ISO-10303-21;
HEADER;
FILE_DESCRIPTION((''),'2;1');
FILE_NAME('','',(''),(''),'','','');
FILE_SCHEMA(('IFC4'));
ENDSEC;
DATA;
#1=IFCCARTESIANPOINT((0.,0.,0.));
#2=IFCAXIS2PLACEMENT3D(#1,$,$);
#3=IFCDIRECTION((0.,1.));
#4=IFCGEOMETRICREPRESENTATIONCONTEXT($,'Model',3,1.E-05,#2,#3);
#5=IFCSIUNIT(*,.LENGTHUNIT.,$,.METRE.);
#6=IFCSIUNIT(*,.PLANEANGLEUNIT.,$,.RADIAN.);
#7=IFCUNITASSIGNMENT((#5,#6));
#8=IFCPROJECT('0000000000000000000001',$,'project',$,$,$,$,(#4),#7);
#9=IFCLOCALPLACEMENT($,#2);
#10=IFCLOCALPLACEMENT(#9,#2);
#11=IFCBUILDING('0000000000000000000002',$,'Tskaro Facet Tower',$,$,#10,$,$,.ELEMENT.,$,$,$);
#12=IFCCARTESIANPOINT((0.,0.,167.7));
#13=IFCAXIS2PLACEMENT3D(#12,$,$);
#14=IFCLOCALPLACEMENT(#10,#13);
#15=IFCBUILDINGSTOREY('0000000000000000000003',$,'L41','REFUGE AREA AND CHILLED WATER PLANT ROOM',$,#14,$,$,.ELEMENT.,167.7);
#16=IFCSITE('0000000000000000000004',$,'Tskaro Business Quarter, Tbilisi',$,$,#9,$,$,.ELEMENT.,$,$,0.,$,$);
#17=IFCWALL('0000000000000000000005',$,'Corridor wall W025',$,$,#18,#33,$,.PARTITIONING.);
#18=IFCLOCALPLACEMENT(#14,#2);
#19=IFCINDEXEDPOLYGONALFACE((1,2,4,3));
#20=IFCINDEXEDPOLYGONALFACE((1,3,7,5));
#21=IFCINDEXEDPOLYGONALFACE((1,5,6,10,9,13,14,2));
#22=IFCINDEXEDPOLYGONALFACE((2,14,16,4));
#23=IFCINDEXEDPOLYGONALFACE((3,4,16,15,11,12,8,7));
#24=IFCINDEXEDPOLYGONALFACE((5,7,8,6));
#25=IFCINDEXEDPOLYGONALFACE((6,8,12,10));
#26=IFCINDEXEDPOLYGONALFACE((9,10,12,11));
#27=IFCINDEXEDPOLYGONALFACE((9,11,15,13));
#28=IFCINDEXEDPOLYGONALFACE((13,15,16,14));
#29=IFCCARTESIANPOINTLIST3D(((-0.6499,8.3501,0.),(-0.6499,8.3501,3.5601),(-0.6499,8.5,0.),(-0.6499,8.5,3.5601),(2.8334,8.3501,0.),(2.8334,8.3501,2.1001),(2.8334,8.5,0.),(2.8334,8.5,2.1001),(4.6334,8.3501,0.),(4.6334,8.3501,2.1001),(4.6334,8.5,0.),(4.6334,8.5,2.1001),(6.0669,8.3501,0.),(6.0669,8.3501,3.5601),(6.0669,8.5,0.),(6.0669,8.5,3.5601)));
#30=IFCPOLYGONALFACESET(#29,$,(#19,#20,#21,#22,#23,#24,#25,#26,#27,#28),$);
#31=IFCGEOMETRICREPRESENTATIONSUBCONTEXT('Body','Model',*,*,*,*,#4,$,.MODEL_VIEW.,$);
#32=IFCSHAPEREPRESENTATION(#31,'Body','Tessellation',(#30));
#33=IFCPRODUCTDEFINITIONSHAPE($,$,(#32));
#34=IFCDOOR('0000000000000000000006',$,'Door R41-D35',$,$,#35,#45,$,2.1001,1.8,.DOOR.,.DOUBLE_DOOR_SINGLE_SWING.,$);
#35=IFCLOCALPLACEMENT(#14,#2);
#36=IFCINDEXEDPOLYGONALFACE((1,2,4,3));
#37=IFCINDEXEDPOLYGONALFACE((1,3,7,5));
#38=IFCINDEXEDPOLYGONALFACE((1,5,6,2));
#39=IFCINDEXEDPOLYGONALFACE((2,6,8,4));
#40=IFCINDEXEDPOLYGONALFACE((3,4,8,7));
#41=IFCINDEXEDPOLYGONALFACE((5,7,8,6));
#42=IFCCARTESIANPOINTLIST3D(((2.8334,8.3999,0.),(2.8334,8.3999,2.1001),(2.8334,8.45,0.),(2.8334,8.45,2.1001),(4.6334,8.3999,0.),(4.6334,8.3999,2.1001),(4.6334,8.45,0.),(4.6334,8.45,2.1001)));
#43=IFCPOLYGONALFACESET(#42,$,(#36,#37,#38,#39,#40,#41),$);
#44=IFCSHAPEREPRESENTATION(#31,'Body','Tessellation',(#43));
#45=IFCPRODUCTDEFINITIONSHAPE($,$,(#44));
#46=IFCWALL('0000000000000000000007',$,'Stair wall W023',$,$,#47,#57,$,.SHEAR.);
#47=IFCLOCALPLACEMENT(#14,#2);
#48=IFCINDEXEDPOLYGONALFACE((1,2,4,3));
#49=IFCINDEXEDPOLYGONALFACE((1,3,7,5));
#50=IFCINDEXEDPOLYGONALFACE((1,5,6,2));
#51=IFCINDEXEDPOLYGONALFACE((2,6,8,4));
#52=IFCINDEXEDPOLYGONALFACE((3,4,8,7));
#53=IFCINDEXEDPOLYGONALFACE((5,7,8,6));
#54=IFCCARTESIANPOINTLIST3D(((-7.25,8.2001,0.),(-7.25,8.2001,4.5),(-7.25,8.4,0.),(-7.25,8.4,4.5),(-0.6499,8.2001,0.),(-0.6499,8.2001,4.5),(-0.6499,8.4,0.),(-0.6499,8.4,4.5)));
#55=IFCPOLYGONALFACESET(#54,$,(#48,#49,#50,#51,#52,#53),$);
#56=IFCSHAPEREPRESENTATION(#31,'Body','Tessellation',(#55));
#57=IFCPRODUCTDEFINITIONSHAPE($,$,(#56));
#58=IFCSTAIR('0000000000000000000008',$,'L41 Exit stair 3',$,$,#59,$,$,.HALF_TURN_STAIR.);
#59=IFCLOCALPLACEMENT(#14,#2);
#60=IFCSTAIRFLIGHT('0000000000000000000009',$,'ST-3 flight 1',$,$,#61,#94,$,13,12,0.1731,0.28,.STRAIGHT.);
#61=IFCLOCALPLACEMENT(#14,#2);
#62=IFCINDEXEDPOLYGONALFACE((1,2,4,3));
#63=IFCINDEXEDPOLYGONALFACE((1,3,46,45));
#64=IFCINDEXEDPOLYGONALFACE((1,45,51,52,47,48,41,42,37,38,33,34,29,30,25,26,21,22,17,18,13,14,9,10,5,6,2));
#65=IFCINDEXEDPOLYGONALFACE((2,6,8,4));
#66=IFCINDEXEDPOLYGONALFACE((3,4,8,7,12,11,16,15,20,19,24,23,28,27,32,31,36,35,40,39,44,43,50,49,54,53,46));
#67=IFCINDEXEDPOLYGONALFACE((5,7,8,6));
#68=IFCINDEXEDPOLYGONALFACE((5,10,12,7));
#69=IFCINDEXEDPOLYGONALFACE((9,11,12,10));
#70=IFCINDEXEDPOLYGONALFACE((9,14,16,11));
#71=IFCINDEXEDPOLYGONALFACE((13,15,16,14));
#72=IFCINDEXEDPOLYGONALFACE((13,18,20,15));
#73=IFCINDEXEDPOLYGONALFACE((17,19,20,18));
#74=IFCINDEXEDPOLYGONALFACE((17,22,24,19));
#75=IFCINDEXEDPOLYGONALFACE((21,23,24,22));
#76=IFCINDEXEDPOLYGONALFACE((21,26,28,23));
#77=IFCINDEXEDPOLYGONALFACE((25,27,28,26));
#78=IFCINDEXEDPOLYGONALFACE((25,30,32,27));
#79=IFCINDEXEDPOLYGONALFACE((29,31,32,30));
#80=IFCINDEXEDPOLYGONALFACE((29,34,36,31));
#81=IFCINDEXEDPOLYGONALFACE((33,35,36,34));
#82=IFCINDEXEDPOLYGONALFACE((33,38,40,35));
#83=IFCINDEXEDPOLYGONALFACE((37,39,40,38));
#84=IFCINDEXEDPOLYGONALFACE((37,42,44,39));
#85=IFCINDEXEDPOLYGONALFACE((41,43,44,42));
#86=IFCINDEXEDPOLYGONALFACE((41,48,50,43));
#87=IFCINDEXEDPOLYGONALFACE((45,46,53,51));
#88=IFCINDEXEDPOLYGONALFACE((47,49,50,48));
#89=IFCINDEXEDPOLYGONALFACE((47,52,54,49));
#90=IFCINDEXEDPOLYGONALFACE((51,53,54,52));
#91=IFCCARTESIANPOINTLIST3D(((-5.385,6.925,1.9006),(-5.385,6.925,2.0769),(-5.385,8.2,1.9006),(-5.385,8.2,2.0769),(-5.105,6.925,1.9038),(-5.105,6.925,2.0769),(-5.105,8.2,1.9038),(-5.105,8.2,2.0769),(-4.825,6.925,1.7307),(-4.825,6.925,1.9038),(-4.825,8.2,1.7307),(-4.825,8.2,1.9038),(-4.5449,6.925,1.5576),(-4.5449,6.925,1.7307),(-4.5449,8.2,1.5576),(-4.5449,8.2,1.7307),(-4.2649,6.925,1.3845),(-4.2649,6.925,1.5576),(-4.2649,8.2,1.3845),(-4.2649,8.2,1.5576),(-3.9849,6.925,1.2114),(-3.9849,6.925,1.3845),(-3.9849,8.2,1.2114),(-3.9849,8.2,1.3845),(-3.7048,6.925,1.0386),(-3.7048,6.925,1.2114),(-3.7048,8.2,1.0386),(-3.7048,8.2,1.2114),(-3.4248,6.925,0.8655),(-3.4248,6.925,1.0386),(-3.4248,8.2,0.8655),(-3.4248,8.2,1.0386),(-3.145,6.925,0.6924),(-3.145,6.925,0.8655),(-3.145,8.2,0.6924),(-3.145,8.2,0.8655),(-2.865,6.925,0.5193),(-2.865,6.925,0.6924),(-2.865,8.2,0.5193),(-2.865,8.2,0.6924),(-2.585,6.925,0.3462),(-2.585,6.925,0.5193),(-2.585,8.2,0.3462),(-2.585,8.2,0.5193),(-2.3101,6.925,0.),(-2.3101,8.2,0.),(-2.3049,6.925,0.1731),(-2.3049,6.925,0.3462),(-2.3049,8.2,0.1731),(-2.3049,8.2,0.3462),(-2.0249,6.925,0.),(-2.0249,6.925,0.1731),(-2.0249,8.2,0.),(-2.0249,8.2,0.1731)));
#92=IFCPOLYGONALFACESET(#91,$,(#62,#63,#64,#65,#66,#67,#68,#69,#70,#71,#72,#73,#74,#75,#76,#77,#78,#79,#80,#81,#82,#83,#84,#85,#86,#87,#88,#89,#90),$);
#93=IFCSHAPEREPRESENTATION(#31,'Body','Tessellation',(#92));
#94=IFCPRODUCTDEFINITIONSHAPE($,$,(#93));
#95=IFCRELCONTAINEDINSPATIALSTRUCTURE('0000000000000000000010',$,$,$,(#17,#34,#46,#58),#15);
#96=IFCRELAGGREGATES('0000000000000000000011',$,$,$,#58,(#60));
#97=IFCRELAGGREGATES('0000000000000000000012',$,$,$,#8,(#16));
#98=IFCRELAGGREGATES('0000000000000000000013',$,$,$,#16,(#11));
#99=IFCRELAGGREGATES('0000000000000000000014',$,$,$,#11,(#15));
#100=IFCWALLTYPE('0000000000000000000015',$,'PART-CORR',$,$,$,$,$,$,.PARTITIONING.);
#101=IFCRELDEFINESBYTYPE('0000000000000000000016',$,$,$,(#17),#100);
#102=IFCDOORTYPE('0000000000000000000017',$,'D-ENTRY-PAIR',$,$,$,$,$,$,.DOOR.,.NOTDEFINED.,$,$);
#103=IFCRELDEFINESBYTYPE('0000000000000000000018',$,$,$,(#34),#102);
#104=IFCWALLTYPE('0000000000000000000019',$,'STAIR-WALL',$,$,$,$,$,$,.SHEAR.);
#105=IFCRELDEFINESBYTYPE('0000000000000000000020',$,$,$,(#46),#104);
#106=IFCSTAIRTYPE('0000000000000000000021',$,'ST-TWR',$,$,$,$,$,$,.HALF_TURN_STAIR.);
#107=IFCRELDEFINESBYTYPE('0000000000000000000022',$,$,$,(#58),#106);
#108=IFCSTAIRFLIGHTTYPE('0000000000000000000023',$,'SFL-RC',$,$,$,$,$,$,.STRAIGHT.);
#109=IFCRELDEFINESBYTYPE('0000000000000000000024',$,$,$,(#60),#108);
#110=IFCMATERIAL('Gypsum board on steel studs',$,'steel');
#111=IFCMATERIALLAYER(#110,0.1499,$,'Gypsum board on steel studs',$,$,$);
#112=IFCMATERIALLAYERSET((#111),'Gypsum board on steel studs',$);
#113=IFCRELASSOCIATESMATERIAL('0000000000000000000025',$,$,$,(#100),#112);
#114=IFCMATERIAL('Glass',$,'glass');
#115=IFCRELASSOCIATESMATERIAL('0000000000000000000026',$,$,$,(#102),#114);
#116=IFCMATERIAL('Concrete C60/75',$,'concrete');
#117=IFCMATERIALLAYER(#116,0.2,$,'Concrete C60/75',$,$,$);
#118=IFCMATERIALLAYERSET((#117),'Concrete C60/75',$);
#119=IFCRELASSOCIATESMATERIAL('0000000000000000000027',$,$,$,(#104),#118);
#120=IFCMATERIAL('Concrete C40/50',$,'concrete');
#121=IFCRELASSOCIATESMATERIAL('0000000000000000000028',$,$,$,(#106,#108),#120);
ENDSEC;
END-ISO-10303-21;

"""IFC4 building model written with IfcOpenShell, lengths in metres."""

from ifc_helpers import new_model, si_unit, direction, frame, frame_2d, origin, place, context, subcontext, project, spatial, polyline, rectangle, outline, extrude, material, layer, layer_set, type_object, element, fill, aggregate, save


model = new_model("IFC4")

# Units and contexts
model_context = context("Model", 3, precision=1e-05, world=origin(), true_north=direction((0.0, 1.0)))
body_context = subcontext(model_context, "Body", "Model", "MODEL_VIEW")
ifc_project = project(units=[si_unit("LENGTHUNIT", "METRE"), si_unit("PLANEANGLEUNIT", "RADIAN")], contexts=[model_context])

# Site, building, storey
site_placement = place(None, origin())
site = spatial("IfcSite", under=ifc_project, at=site_placement, Name="Tskaro Business Quarter, Tbilisi", CompositionType="ELEMENT", RefElevation=0.0)
building_placement = place(site_placement, origin())
building = spatial("IfcBuilding", under=site, at=building_placement, Name="Tskaro Facet Tower", CompositionType="ELEMENT")
storey_placement = place(building_placement, frame((0.0, 0.0, 167.7)))
storey = spatial("IfcBuildingStorey", under=building, at=storey_placement, Name="L41", Description="REFUGE AREA AND CHILLED WATER PLANT ROOM", CompositionType="ELEMENT", Elevation=167.7)

# Wall, opening, door
ifc_material_1 = material(Name="Gypsum board on steel studs", Category="steel")
ifc_layer_1 = layer(ifc_material_1, 0.1499, Name="Gypsum board on steel studs")
ifc_layer_set_1 = layer_set([ifc_layer_1], Name="Gypsum board on steel studs")
wall_type_1 = type_object("IfcWallType", Name="PART-CORR", PredefinedType="PARTITIONING", material=ifc_layer_set_1)
wall_1_placement = place(storey_placement, frame((-0.6499, 8.425, 0.0), z_axis=(0.0, 0.0, 1.0), x_axis=(1.0, 0.0, 0.0)))
wall_1 = element("IfcWall", 1, at=wall_1_placement, inside=storey, type_object=wall_type_1, Name="Corridor wall W025", PredefinedType="PARTITIONING", context=body_context, shape_type="SweptSolid", body=[
    extrude(rectangle(XDim=6.7168, YDim=0.1499, at=frame_2d((3.3584, 0.0))), origin(), (0.0, 0.0, 1.0), 3.5601),
])
opening_placement = place(wall_1_placement, frame((3.4834, 0.0, 0.0)))
opening = element("IfcOpeningElement", 2, at=opening_placement, cuts=wall_1, PredefinedType="OPENING", context=body_context, shape_type="SweptSolid", body=[
    extrude(rectangle(XDim=1.8, YDim=2.1001, at=frame_2d((0.8999, 1.05))), frame((0.0, 0.085, 0.0), z_axis=(0.0, -1.0, 0.0), x_axis=(1.0, 0.0, 0.0)), (0.0, 0.0, 1.0), 0.1699),
])
ifc_material_2 = material(Name="Glass", Category="glass")
door_type = type_object("IfcDoorType", Name="D-ENTRY-PAIR", OperationType="NOTDEFINED", PredefinedType="DOOR", material=ifc_material_2)
door_placement = place(opening_placement, origin())
door = element("IfcDoor", 3, at=door_placement, inside=storey, type_object=door_type, Name="Door R41-D35", OperationType="DOUBLE_DOOR_SINGLE_SWING", OverallHeight=2.1001, OverallWidth=1.8, PredefinedType="DOOR", context=body_context, shape_type="SweptSolid", body=[
    extrude(rectangle(XDim=1.8, YDim=2.1001, at=frame_2d((0.8999, 1.05))), frame((0.0, 0.0249, 0.0), z_axis=(0.0, -1.0, 0.0), x_axis=(1.0, 0.0, 0.0)), (0.0, 0.0, 1.0), 0.05),
])
fill(opening, door)

# Wall
ifc_material_3 = material(Name="Concrete C60/75", Category="concrete")
ifc_layer_2 = layer(ifc_material_3, 0.2, Name="Concrete C60/75")
ifc_layer_set_2 = layer_set([ifc_layer_2], Name="Concrete C60/75")
wall_type_2 = type_object("IfcWallType", Name="STAIR-WALL", PredefinedType="SHEAR", material=ifc_layer_set_2)
wall_2_placement = place(storey_placement, frame((-7.25, 8.3, 0.0), z_axis=(0.0, 0.0, 1.0), x_axis=(1.0, 0.0, 0.0)))
element("IfcWall", 4, at=wall_2_placement, inside=storey, type_object=wall_type_2, Name="Stair wall W023", PredefinedType="SHEAR", context=body_context, shape_type="SweptSolid", body=[
    extrude(rectangle(XDim=6.6001, YDim=0.2, at=frame_2d((3.3, 0.0))), origin(), (0.0, 0.0, 1.0), 4.5),
])

# Stair, stair flight
ifc_material_4 = material(Name="Concrete C40/50", Category="concrete")
stair_type = type_object("IfcStairType", Name="ST-TWR", PredefinedType="HALF_TURN_STAIR", material=ifc_material_4)
stair_placement = place(storey_placement, origin())
stair = element("IfcStair", 5, at=stair_placement, inside=storey, type_object=stair_type, Name="L41 Exit stair 3", PredefinedType="HALF_TURN_STAIR")
stair_flight_type = type_object("IfcStairFlightType", Name="SFL-RC", PredefinedType="STRAIGHT", material=ifc_material_4)
stair_flight_placement = place(storey_placement, frame((-2.0249, 7.5625, 0.0), z_axis=(0.0, 0.0, 1.0), x_axis=(-1.0, 0.0, 0.0)))
stair_flight = element("IfcStairFlight", 6, at=stair_flight_placement, type_object=stair_flight_type, Name="ST-3 flight 1", NumberOfRisers=13, NumberOfTreads=12, PredefinedType="STRAIGHT", RiserHeight=0.1731, TreadLength=0.28, context=body_context, shape_type="SweptSolid", body=[
    extrude(outline(polyline([(0.0, 0.0), (0.0, 0.1731), (0.28, 0.1731), (0.28, 0.3462), (0.5601, 0.3462), (0.5601, 0.5193), (0.8401, 0.5193), (0.8401, 0.6924), (1.1201, 0.6924), (1.1201, 0.8655), (1.3999, 0.8655), (1.3999, 1.0386), (1.6799, 1.0386), (1.6799, 1.2114), (1.96, 1.2114), (1.96, 1.3845), (2.24, 1.3845), (2.24, 1.5576), (2.52, 1.5576), (2.52, 1.7307), (2.8, 1.7307), (2.8, 1.9038), (3.0801, 1.9038), (3.0801, 2.0769), (3.3601, 2.0769), (3.3601, 2.25), (3.3601, 1.9006), (0.2852, 0.0), (0.0, 0.0)])), frame((0.0, 0.6375, 0.0), z_axis=(0.0, -1.0, 0.0), x_axis=(1.0, 0.0, 0.0)), (0.0, 0.0, 1.0), 1.2749),
])
aggregate(stair, [stair_flight])

save(model, "model.ifc")
